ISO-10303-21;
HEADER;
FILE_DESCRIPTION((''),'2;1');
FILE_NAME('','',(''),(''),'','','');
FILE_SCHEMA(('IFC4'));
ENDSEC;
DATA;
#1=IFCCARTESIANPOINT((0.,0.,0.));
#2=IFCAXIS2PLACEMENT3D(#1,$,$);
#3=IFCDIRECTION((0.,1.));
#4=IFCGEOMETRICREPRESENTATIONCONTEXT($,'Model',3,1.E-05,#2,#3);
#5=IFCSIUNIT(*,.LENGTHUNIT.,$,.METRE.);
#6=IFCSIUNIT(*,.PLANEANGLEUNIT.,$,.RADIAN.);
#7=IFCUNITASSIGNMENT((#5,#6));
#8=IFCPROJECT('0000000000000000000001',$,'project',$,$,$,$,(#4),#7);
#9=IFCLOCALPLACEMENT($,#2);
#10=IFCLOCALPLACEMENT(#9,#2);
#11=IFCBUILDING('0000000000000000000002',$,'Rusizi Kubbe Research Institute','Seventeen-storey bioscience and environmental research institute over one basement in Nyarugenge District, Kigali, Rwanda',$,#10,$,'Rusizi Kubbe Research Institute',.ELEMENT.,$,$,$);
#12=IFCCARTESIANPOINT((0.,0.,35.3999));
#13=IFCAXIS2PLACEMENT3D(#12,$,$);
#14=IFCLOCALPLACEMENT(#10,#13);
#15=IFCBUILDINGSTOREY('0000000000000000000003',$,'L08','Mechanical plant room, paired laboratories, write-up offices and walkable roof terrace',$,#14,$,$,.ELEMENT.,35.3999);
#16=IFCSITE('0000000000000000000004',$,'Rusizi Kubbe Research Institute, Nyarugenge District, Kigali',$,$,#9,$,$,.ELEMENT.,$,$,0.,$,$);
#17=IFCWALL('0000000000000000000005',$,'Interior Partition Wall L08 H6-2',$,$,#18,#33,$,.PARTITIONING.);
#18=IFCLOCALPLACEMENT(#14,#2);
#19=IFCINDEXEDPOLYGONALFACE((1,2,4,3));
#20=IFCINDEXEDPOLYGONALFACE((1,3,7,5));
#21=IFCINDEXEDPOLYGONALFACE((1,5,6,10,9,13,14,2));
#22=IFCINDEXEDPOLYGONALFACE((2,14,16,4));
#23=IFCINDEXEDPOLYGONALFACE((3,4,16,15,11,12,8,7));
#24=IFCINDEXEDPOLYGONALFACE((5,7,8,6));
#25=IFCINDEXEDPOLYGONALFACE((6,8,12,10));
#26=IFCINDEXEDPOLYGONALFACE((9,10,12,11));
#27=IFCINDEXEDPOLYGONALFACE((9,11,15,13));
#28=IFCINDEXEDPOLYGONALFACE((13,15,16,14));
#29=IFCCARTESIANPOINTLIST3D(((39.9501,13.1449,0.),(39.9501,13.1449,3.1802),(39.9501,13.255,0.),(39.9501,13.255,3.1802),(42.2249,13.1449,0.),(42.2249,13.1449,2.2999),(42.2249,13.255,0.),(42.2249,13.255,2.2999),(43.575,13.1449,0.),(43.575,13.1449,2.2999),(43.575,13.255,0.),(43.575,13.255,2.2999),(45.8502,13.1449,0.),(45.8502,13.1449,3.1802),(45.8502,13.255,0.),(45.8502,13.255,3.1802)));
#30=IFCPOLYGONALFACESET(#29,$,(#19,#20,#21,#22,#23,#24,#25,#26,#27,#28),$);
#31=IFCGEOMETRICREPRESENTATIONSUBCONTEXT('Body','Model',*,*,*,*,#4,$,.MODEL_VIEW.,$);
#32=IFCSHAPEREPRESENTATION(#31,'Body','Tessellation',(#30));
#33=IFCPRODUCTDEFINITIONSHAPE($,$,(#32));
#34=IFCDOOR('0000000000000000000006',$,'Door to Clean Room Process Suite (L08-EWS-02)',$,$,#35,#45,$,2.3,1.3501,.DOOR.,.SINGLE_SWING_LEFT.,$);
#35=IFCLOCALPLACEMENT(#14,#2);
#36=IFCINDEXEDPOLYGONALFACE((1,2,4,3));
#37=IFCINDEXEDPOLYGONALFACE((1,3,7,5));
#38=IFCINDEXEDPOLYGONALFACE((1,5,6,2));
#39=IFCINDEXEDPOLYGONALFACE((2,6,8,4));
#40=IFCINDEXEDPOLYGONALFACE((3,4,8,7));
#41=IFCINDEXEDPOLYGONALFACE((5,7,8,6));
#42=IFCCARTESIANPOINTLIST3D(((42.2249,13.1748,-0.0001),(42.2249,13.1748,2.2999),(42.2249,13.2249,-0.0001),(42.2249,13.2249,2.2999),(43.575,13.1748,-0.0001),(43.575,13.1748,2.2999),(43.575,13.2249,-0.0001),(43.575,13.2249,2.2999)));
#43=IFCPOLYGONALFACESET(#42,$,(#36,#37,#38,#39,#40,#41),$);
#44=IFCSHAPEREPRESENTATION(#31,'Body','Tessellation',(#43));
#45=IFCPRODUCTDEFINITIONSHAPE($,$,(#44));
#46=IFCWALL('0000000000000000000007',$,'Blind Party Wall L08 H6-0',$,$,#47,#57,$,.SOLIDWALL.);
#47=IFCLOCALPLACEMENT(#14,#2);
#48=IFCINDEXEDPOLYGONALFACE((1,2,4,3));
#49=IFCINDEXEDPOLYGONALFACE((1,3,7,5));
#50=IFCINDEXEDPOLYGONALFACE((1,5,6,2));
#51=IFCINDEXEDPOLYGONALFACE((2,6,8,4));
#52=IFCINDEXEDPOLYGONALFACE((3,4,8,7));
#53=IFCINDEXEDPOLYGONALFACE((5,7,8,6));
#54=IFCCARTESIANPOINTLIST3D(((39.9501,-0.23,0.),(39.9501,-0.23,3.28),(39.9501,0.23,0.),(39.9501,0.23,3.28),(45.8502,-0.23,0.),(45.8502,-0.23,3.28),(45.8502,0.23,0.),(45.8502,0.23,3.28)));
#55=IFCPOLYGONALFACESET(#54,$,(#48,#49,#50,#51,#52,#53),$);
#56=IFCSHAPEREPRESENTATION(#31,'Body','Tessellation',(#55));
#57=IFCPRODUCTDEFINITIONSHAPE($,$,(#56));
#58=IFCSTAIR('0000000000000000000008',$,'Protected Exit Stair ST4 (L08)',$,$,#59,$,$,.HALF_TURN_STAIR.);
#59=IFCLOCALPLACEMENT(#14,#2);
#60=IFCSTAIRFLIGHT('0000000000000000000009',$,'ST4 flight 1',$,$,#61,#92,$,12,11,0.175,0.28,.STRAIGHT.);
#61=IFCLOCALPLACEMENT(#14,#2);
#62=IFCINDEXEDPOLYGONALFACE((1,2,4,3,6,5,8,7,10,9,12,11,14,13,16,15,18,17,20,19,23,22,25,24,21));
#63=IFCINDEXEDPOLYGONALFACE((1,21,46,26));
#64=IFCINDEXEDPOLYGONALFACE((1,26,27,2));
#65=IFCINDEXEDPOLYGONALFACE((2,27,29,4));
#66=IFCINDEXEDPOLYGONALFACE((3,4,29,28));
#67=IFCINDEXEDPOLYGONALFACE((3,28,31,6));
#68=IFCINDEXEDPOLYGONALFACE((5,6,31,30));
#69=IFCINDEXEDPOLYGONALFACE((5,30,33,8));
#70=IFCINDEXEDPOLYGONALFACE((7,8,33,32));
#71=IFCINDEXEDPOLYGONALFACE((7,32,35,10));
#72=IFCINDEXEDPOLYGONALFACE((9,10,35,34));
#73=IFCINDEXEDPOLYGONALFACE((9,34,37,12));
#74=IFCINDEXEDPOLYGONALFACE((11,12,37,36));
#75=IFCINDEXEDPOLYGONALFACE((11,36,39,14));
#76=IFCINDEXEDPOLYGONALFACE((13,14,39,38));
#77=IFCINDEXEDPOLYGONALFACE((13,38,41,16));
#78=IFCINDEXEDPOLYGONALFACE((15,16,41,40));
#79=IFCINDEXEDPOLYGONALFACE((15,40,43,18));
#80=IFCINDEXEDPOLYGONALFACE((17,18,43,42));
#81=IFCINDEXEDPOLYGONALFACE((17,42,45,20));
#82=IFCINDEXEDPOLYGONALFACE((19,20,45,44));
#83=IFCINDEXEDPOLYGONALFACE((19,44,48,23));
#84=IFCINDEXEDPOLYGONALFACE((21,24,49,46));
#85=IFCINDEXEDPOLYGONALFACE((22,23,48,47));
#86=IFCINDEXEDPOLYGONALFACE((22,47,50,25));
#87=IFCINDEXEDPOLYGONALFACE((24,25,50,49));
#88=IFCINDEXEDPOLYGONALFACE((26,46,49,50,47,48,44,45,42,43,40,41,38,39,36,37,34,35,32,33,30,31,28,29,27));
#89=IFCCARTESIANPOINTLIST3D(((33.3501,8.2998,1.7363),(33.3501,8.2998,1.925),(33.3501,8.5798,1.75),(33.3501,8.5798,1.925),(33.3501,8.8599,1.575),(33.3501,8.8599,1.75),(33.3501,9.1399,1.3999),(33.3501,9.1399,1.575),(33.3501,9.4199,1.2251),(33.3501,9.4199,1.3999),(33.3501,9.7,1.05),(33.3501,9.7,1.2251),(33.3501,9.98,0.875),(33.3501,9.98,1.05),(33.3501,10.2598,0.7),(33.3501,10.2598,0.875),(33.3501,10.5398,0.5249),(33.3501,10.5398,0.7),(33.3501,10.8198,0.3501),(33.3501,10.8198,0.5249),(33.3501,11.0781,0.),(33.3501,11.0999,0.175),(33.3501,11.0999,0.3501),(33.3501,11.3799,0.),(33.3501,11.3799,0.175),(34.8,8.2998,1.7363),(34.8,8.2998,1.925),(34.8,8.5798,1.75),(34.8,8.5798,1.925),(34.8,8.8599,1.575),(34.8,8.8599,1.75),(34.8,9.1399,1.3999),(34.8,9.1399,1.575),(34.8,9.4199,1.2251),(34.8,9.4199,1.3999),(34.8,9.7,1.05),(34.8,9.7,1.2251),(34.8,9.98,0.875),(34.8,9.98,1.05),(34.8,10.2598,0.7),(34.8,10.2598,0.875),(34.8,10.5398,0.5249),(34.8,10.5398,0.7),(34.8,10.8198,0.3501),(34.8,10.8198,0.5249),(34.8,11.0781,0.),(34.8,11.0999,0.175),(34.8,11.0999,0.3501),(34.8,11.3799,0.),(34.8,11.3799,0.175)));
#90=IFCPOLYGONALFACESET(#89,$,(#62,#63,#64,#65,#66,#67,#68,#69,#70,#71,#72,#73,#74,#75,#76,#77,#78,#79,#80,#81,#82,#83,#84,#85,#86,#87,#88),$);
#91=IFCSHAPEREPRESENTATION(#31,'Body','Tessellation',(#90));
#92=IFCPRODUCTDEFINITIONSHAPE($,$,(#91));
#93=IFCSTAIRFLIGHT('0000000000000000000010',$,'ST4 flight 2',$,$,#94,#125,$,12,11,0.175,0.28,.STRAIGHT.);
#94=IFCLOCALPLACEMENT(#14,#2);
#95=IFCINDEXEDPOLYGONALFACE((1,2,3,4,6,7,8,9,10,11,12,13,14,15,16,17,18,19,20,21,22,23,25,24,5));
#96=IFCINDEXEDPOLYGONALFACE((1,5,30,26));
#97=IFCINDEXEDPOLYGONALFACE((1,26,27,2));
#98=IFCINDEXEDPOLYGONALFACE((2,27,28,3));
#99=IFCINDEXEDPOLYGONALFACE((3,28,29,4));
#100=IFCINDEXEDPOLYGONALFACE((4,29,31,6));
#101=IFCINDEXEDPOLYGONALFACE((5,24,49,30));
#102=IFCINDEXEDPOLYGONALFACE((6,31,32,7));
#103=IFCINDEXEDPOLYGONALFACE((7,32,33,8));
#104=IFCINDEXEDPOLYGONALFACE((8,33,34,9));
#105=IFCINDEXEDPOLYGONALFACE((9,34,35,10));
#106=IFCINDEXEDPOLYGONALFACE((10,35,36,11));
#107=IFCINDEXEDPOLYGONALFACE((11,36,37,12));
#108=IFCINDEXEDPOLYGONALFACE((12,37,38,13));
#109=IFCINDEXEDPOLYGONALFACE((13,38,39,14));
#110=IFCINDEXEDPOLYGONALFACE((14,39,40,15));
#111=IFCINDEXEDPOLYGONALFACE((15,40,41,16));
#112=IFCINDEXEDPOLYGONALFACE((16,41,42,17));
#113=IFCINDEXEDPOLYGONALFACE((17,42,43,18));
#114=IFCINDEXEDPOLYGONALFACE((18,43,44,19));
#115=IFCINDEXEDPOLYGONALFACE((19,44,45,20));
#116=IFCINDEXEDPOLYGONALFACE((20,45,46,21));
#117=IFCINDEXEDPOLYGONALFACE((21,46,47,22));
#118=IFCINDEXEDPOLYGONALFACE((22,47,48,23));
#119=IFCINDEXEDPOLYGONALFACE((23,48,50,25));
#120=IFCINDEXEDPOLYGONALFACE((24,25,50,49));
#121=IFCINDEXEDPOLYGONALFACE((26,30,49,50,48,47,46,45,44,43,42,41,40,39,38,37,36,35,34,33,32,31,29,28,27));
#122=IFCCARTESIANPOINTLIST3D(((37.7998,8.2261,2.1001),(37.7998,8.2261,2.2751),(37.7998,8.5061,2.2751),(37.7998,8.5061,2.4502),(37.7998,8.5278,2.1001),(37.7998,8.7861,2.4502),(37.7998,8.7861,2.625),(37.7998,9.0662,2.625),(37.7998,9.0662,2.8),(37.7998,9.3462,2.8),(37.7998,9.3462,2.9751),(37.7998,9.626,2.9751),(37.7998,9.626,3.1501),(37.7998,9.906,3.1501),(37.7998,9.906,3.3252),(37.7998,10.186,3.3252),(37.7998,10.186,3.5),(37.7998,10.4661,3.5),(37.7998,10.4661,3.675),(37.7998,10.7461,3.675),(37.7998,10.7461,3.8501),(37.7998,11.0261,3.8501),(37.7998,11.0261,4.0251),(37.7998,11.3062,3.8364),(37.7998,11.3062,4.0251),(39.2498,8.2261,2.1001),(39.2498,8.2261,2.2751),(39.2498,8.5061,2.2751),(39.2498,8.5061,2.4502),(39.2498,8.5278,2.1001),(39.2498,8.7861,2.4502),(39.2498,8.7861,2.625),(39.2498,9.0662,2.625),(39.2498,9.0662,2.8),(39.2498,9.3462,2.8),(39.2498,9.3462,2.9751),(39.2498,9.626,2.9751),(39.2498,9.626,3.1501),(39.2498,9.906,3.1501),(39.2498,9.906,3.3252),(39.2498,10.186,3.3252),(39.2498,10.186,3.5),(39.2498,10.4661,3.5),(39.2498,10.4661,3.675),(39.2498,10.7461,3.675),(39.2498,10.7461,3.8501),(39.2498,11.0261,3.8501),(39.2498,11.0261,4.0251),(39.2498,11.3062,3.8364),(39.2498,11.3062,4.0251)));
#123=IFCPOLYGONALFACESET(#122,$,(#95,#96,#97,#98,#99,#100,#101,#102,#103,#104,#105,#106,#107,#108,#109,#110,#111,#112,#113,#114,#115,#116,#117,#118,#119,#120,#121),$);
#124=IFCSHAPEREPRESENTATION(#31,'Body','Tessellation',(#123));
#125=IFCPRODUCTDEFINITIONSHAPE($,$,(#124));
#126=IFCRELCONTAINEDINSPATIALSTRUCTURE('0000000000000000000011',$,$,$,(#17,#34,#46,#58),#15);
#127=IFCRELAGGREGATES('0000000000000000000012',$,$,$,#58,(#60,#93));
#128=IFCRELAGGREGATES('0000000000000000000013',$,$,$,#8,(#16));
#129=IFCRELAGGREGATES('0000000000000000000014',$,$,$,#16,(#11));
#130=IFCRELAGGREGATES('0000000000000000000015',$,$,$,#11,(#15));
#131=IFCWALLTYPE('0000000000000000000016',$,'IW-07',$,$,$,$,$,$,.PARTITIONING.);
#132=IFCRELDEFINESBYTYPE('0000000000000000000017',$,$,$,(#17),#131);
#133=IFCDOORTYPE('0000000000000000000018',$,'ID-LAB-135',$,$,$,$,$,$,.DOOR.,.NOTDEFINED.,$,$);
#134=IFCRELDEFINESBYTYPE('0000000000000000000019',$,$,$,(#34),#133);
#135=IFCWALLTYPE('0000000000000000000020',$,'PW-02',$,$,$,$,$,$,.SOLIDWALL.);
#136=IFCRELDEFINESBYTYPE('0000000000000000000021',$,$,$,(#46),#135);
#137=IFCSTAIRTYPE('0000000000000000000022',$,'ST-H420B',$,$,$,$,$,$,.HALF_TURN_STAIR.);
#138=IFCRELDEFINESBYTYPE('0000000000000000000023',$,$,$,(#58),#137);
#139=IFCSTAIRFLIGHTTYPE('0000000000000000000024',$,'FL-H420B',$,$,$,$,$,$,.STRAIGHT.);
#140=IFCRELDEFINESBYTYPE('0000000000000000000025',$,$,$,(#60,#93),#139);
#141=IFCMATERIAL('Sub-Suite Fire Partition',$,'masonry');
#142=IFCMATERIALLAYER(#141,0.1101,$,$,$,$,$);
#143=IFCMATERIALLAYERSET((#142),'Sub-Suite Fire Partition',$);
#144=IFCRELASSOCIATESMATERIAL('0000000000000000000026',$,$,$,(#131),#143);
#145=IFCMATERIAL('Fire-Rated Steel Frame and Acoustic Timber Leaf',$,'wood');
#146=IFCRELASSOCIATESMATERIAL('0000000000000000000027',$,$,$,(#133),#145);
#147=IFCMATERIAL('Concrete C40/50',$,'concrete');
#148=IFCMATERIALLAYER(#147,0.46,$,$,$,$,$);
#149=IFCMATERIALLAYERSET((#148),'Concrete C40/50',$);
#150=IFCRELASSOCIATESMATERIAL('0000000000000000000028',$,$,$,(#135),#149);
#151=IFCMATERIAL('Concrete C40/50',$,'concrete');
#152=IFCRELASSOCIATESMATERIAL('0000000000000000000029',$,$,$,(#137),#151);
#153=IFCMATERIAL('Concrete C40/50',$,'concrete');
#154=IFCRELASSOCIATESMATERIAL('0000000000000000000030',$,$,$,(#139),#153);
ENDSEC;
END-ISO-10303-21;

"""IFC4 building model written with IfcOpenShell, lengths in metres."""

from ifc_helpers import new_model, si_unit, direction, frame, frame_2d, origin, place, context, subcontext, project, spatial, polyline, rectangle, outline, extrude, material, layer, layer_set, type_object, element, fill, aggregate, save


model = new_model("IFC4")

# Units and contexts
model_context = context("Model", 3, precision=1e-05, world=origin(), true_north=direction((0.0, 1.0)))
body_context = subcontext(model_context, "Body", "Model", "MODEL_VIEW")
ifc_project = project(units=[si_unit("LENGTHUNIT", "METRE"), si_unit("PLANEANGLEUNIT", "RADIAN")], contexts=[model_context])

# Site, building, storey
site_placement = place(None, origin())
site = spatial("IfcSite", under=ifc_project, at=site_placement, Name="Rusizi Kubbe Research Institute, Nyarugenge District, Kigali", CompositionType="ELEMENT", RefElevation=0.0)
building_placement = place(site_placement, origin())
building = spatial("IfcBuilding", under=site, at=building_placement, Name="Rusizi Kubbe Research Institute", Description="Seventeen-storey bioscience and environmental research institute over one basement in Nyarugenge District, Kigali, Rwanda", LongName="Rusizi Kubbe Research Institute", CompositionType="ELEMENT")
storey_placement = place(building_placement, frame((0.0, 0.0, 35.3999)))
storey = spatial("IfcBuildingStorey", under=building, at=storey_placement, Name="L08", Description="Mechanical plant room, paired laboratories, write-up offices and walkable roof terrace", CompositionType="ELEMENT", Elevation=35.3999)

# Wall, opening, door
ifc_material_1 = material(Name="Sub-Suite Fire Partition", Category="masonry")
ifc_layer_1 = layer(ifc_material_1, 0.1101)
ifc_layer_set_1 = layer_set([ifc_layer_1], Name="Sub-Suite Fire Partition")
wall_type_1 = type_object("IfcWallType", Name="IW-07", PredefinedType="PARTITIONING", material=ifc_layer_set_1)
wall_1_placement = place(storey_placement, frame((39.95, 13.2, 0.0), z_axis=(0.0, 0.0, 1.0), x_axis=(1.0, 0.0, 0.0)))
wall_1 = element("IfcWall", 1, at=wall_1_placement, inside=storey, type_object=wall_type_1, Name="Interior Partition Wall L08 H6-2", PredefinedType="PARTITIONING", context=body_context, shape_type="SweptSolid", body=[
    extrude(rectangle(XDim=5.9001, YDim=0.1101, at=frame_2d((2.9502, 0.0))), origin(), (0.0, 0.0, 1.0), 3.1802),
])
opening_1_placement = place(wall_1_placement, frame((2.2749, 0.0, 0.0)))
opening_1 = element("IfcOpeningElement", 2, at=opening_1_placement, cuts=wall_1, PredefinedType="OPENING", context=body_context, shape_type="SweptSolid", body=[
    extrude(rectangle(XDim=1.3501, YDim=2.3, at=frame_2d((0.675, 1.1499))), frame((0.0, 0.0649, 0.0), z_axis=(0.0, -1.0, 0.0), x_axis=(1.0, 0.0, 0.0)), (0.0, 0.0, 1.0), 0.1301),
])
ifc_material_2 = material(Name="Fire-Rated Steel Frame and Acoustic Timber Leaf", Category="wood")
door_type_1 = type_object("IfcDoorType", Name="ID-LAB-135", OperationType="NOTDEFINED", PredefinedType="DOOR", material=ifc_material_2)
door_1_placement = place(opening_1_placement, origin())
door_1 = element("IfcDoor", 3, at=door_1_placement, inside=storey, type_object=door_type_1, Name="Door to Clean Room Process Suite (L08-EWS-02)", OperationType="SINGLE_SWING_LEFT", OverallHeight=2.3, OverallWidth=1.3501, PredefinedType="DOOR", context=body_context, shape_type="SweptSolid", body=[
    extrude(rectangle(XDim=1.3501, YDim=2.3, at=frame_2d((0.675, 1.1499))), frame((0.0, 0.0249, 0.0), z_axis=(0.0, -1.0, 0.0), x_axis=(1.0, 0.0, 0.0)), (0.0, 0.0, 1.0), 0.05),
])
fill(opening_1, door_1)

# Wall
ifc_material_3 = material(Name="Concrete C40/50", Category="concrete")
ifc_layer_2 = layer(ifc_material_3, 0.46)
ifc_layer_set_2 = layer_set([ifc_layer_2], Name="Concrete C40/50")
wall_type_2 = type_object("IfcWallType", Name="PW-02", PredefinedType="SOLIDWALL", material=ifc_layer_set_2)
wall_2_placement = place(storey_placement, frame((39.95, 0.0, 0.0), z_axis=(0.0, 0.0, 1.0), x_axis=(1.0, 0.0, 0.0)))
element("IfcWall", 4, at=wall_2_placement, inside=storey, type_object=wall_type_2, Name="Blind Party Wall L08 H6-0", PredefinedType="SOLIDWALL", context=body_context, shape_type="SweptSolid", body=[
    extrude(rectangle(XDim=5.9001, YDim=0.46, at=frame_2d((2.9502, 0.0))), origin(), (0.0, 0.0, 1.0), 3.28),
])

# Stair, stair flights
ifc_material_4 = material(Name="Concrete C40/50", Category="concrete")
stair_type = type_object("IfcStairType", Name="ST-H420B", PredefinedType="HALF_TURN_STAIR", material=ifc_material_4)
stair_placement = place(storey_placement, origin())
stair = element("IfcStair", 5, at=stair_placement, inside=storey, type_object=stair_type, Name="Protected Exit Stair ST4 (L08)", PredefinedType="HALF_TURN_STAIR")
ifc_material_5 = material(Name="Concrete C40/50", Category="concrete")
stair_flight_type = type_object("IfcStairFlightType", Name="FL-H420B", PredefinedType="STRAIGHT", material=ifc_material_5)
stair_flight_1_placement = place(storey_placement, frame((34.075, 11.3799, 0.0), z_axis=(0.0, 0.0, 1.0), x_axis=(0.0, -1.0, 0.0)))
stair_flight_1 = element("IfcStairFlight", 6, at=stair_flight_1_placement, type_object=stair_flight_type, Name="ST4 flight 1", NumberOfRisers=12, NumberOfTreads=11, PredefinedType="STRAIGHT", RiserHeight=0.175, TreadLength=0.28, context=body_context, shape_type="SweptSolid", body=[
    extrude(outline(polyline([(0.0, 0.0), (0.0, 0.175), (0.28, 0.175), (0.28, 0.3501), (0.5601, 0.3501), (0.5601, 0.5249), (0.8401, 0.5249), (0.8401, 0.7), (1.1201, 0.7), (1.1201, 0.875), (1.3999, 0.875), (1.3999, 1.05), (1.6799, 1.05), (1.6799, 1.2251), (1.96, 1.2251), (1.96, 1.3999), (2.24, 1.3999), (2.24, 1.575), (2.52, 1.575), (2.52, 1.75), (2.8, 1.75), (2.8, 1.925), (3.0801, 1.925), (3.0801, 2.1001), (3.0801, 1.7363), (0.3018, 0.0), (0.0, 0.0)])), frame((0.0, 0.7251, 0.0), z_axis=(0.0, -1.0, 0.0), x_axis=(1.0, 0.0, 0.0)), (0.0, 0.0, 1.0), 1.45),
])
stair_flight_2_placement = place(storey_placement, frame((38.5249, 8.2261, 2.1001), z_axis=(0.0, 0.0, 1.0), x_axis=(0.0, 1.0, 0.0)))
stair_flight_2 = element("IfcStairFlight", 7, at=stair_flight_2_placement, type_object=stair_flight_type, Name="ST4 flight 2", NumberOfRisers=12, NumberOfTreads=11, PredefinedType="STRAIGHT", RiserHeight=0.175, TreadLength=0.28, context=body_context, shape_type="SweptSolid", body=[
    extrude(outline(polyline([(0.0, 0.0), (0.0, 0.175), (0.28, 0.175), (0.28, 0.3501), (0.5601, 0.3501), (0.5601, 0.5249), (0.8401, 0.5249), (0.8401, 0.7), (1.1201, 0.7), (1.1201, 0.875), (1.3999, 0.875), (1.3999, 1.05), (1.6799, 1.05), (1.6799, 1.2251), (1.96, 1.2251), (1.96, 1.3999), (2.24, 1.3999), (2.24, 1.575), (2.52, 1.575), (2.52, 1.75), (2.8, 1.75), (2.8, 1.925), (3.0801, 1.925), (3.0801, 2.1001), (3.0801, 1.7363), (0.3018, 0.0), (0.0, 0.0)])), frame((0.0, 0.7251, 0.0), z_axis=(0.0, -1.0, 0.0), x_axis=(1.0, 0.0, 0.0)), (0.0, 0.0, 1.0), 1.45),
])
aggregate(stair, [stair_flight_1, stair_flight_2])

save(model, "model.ifc")
